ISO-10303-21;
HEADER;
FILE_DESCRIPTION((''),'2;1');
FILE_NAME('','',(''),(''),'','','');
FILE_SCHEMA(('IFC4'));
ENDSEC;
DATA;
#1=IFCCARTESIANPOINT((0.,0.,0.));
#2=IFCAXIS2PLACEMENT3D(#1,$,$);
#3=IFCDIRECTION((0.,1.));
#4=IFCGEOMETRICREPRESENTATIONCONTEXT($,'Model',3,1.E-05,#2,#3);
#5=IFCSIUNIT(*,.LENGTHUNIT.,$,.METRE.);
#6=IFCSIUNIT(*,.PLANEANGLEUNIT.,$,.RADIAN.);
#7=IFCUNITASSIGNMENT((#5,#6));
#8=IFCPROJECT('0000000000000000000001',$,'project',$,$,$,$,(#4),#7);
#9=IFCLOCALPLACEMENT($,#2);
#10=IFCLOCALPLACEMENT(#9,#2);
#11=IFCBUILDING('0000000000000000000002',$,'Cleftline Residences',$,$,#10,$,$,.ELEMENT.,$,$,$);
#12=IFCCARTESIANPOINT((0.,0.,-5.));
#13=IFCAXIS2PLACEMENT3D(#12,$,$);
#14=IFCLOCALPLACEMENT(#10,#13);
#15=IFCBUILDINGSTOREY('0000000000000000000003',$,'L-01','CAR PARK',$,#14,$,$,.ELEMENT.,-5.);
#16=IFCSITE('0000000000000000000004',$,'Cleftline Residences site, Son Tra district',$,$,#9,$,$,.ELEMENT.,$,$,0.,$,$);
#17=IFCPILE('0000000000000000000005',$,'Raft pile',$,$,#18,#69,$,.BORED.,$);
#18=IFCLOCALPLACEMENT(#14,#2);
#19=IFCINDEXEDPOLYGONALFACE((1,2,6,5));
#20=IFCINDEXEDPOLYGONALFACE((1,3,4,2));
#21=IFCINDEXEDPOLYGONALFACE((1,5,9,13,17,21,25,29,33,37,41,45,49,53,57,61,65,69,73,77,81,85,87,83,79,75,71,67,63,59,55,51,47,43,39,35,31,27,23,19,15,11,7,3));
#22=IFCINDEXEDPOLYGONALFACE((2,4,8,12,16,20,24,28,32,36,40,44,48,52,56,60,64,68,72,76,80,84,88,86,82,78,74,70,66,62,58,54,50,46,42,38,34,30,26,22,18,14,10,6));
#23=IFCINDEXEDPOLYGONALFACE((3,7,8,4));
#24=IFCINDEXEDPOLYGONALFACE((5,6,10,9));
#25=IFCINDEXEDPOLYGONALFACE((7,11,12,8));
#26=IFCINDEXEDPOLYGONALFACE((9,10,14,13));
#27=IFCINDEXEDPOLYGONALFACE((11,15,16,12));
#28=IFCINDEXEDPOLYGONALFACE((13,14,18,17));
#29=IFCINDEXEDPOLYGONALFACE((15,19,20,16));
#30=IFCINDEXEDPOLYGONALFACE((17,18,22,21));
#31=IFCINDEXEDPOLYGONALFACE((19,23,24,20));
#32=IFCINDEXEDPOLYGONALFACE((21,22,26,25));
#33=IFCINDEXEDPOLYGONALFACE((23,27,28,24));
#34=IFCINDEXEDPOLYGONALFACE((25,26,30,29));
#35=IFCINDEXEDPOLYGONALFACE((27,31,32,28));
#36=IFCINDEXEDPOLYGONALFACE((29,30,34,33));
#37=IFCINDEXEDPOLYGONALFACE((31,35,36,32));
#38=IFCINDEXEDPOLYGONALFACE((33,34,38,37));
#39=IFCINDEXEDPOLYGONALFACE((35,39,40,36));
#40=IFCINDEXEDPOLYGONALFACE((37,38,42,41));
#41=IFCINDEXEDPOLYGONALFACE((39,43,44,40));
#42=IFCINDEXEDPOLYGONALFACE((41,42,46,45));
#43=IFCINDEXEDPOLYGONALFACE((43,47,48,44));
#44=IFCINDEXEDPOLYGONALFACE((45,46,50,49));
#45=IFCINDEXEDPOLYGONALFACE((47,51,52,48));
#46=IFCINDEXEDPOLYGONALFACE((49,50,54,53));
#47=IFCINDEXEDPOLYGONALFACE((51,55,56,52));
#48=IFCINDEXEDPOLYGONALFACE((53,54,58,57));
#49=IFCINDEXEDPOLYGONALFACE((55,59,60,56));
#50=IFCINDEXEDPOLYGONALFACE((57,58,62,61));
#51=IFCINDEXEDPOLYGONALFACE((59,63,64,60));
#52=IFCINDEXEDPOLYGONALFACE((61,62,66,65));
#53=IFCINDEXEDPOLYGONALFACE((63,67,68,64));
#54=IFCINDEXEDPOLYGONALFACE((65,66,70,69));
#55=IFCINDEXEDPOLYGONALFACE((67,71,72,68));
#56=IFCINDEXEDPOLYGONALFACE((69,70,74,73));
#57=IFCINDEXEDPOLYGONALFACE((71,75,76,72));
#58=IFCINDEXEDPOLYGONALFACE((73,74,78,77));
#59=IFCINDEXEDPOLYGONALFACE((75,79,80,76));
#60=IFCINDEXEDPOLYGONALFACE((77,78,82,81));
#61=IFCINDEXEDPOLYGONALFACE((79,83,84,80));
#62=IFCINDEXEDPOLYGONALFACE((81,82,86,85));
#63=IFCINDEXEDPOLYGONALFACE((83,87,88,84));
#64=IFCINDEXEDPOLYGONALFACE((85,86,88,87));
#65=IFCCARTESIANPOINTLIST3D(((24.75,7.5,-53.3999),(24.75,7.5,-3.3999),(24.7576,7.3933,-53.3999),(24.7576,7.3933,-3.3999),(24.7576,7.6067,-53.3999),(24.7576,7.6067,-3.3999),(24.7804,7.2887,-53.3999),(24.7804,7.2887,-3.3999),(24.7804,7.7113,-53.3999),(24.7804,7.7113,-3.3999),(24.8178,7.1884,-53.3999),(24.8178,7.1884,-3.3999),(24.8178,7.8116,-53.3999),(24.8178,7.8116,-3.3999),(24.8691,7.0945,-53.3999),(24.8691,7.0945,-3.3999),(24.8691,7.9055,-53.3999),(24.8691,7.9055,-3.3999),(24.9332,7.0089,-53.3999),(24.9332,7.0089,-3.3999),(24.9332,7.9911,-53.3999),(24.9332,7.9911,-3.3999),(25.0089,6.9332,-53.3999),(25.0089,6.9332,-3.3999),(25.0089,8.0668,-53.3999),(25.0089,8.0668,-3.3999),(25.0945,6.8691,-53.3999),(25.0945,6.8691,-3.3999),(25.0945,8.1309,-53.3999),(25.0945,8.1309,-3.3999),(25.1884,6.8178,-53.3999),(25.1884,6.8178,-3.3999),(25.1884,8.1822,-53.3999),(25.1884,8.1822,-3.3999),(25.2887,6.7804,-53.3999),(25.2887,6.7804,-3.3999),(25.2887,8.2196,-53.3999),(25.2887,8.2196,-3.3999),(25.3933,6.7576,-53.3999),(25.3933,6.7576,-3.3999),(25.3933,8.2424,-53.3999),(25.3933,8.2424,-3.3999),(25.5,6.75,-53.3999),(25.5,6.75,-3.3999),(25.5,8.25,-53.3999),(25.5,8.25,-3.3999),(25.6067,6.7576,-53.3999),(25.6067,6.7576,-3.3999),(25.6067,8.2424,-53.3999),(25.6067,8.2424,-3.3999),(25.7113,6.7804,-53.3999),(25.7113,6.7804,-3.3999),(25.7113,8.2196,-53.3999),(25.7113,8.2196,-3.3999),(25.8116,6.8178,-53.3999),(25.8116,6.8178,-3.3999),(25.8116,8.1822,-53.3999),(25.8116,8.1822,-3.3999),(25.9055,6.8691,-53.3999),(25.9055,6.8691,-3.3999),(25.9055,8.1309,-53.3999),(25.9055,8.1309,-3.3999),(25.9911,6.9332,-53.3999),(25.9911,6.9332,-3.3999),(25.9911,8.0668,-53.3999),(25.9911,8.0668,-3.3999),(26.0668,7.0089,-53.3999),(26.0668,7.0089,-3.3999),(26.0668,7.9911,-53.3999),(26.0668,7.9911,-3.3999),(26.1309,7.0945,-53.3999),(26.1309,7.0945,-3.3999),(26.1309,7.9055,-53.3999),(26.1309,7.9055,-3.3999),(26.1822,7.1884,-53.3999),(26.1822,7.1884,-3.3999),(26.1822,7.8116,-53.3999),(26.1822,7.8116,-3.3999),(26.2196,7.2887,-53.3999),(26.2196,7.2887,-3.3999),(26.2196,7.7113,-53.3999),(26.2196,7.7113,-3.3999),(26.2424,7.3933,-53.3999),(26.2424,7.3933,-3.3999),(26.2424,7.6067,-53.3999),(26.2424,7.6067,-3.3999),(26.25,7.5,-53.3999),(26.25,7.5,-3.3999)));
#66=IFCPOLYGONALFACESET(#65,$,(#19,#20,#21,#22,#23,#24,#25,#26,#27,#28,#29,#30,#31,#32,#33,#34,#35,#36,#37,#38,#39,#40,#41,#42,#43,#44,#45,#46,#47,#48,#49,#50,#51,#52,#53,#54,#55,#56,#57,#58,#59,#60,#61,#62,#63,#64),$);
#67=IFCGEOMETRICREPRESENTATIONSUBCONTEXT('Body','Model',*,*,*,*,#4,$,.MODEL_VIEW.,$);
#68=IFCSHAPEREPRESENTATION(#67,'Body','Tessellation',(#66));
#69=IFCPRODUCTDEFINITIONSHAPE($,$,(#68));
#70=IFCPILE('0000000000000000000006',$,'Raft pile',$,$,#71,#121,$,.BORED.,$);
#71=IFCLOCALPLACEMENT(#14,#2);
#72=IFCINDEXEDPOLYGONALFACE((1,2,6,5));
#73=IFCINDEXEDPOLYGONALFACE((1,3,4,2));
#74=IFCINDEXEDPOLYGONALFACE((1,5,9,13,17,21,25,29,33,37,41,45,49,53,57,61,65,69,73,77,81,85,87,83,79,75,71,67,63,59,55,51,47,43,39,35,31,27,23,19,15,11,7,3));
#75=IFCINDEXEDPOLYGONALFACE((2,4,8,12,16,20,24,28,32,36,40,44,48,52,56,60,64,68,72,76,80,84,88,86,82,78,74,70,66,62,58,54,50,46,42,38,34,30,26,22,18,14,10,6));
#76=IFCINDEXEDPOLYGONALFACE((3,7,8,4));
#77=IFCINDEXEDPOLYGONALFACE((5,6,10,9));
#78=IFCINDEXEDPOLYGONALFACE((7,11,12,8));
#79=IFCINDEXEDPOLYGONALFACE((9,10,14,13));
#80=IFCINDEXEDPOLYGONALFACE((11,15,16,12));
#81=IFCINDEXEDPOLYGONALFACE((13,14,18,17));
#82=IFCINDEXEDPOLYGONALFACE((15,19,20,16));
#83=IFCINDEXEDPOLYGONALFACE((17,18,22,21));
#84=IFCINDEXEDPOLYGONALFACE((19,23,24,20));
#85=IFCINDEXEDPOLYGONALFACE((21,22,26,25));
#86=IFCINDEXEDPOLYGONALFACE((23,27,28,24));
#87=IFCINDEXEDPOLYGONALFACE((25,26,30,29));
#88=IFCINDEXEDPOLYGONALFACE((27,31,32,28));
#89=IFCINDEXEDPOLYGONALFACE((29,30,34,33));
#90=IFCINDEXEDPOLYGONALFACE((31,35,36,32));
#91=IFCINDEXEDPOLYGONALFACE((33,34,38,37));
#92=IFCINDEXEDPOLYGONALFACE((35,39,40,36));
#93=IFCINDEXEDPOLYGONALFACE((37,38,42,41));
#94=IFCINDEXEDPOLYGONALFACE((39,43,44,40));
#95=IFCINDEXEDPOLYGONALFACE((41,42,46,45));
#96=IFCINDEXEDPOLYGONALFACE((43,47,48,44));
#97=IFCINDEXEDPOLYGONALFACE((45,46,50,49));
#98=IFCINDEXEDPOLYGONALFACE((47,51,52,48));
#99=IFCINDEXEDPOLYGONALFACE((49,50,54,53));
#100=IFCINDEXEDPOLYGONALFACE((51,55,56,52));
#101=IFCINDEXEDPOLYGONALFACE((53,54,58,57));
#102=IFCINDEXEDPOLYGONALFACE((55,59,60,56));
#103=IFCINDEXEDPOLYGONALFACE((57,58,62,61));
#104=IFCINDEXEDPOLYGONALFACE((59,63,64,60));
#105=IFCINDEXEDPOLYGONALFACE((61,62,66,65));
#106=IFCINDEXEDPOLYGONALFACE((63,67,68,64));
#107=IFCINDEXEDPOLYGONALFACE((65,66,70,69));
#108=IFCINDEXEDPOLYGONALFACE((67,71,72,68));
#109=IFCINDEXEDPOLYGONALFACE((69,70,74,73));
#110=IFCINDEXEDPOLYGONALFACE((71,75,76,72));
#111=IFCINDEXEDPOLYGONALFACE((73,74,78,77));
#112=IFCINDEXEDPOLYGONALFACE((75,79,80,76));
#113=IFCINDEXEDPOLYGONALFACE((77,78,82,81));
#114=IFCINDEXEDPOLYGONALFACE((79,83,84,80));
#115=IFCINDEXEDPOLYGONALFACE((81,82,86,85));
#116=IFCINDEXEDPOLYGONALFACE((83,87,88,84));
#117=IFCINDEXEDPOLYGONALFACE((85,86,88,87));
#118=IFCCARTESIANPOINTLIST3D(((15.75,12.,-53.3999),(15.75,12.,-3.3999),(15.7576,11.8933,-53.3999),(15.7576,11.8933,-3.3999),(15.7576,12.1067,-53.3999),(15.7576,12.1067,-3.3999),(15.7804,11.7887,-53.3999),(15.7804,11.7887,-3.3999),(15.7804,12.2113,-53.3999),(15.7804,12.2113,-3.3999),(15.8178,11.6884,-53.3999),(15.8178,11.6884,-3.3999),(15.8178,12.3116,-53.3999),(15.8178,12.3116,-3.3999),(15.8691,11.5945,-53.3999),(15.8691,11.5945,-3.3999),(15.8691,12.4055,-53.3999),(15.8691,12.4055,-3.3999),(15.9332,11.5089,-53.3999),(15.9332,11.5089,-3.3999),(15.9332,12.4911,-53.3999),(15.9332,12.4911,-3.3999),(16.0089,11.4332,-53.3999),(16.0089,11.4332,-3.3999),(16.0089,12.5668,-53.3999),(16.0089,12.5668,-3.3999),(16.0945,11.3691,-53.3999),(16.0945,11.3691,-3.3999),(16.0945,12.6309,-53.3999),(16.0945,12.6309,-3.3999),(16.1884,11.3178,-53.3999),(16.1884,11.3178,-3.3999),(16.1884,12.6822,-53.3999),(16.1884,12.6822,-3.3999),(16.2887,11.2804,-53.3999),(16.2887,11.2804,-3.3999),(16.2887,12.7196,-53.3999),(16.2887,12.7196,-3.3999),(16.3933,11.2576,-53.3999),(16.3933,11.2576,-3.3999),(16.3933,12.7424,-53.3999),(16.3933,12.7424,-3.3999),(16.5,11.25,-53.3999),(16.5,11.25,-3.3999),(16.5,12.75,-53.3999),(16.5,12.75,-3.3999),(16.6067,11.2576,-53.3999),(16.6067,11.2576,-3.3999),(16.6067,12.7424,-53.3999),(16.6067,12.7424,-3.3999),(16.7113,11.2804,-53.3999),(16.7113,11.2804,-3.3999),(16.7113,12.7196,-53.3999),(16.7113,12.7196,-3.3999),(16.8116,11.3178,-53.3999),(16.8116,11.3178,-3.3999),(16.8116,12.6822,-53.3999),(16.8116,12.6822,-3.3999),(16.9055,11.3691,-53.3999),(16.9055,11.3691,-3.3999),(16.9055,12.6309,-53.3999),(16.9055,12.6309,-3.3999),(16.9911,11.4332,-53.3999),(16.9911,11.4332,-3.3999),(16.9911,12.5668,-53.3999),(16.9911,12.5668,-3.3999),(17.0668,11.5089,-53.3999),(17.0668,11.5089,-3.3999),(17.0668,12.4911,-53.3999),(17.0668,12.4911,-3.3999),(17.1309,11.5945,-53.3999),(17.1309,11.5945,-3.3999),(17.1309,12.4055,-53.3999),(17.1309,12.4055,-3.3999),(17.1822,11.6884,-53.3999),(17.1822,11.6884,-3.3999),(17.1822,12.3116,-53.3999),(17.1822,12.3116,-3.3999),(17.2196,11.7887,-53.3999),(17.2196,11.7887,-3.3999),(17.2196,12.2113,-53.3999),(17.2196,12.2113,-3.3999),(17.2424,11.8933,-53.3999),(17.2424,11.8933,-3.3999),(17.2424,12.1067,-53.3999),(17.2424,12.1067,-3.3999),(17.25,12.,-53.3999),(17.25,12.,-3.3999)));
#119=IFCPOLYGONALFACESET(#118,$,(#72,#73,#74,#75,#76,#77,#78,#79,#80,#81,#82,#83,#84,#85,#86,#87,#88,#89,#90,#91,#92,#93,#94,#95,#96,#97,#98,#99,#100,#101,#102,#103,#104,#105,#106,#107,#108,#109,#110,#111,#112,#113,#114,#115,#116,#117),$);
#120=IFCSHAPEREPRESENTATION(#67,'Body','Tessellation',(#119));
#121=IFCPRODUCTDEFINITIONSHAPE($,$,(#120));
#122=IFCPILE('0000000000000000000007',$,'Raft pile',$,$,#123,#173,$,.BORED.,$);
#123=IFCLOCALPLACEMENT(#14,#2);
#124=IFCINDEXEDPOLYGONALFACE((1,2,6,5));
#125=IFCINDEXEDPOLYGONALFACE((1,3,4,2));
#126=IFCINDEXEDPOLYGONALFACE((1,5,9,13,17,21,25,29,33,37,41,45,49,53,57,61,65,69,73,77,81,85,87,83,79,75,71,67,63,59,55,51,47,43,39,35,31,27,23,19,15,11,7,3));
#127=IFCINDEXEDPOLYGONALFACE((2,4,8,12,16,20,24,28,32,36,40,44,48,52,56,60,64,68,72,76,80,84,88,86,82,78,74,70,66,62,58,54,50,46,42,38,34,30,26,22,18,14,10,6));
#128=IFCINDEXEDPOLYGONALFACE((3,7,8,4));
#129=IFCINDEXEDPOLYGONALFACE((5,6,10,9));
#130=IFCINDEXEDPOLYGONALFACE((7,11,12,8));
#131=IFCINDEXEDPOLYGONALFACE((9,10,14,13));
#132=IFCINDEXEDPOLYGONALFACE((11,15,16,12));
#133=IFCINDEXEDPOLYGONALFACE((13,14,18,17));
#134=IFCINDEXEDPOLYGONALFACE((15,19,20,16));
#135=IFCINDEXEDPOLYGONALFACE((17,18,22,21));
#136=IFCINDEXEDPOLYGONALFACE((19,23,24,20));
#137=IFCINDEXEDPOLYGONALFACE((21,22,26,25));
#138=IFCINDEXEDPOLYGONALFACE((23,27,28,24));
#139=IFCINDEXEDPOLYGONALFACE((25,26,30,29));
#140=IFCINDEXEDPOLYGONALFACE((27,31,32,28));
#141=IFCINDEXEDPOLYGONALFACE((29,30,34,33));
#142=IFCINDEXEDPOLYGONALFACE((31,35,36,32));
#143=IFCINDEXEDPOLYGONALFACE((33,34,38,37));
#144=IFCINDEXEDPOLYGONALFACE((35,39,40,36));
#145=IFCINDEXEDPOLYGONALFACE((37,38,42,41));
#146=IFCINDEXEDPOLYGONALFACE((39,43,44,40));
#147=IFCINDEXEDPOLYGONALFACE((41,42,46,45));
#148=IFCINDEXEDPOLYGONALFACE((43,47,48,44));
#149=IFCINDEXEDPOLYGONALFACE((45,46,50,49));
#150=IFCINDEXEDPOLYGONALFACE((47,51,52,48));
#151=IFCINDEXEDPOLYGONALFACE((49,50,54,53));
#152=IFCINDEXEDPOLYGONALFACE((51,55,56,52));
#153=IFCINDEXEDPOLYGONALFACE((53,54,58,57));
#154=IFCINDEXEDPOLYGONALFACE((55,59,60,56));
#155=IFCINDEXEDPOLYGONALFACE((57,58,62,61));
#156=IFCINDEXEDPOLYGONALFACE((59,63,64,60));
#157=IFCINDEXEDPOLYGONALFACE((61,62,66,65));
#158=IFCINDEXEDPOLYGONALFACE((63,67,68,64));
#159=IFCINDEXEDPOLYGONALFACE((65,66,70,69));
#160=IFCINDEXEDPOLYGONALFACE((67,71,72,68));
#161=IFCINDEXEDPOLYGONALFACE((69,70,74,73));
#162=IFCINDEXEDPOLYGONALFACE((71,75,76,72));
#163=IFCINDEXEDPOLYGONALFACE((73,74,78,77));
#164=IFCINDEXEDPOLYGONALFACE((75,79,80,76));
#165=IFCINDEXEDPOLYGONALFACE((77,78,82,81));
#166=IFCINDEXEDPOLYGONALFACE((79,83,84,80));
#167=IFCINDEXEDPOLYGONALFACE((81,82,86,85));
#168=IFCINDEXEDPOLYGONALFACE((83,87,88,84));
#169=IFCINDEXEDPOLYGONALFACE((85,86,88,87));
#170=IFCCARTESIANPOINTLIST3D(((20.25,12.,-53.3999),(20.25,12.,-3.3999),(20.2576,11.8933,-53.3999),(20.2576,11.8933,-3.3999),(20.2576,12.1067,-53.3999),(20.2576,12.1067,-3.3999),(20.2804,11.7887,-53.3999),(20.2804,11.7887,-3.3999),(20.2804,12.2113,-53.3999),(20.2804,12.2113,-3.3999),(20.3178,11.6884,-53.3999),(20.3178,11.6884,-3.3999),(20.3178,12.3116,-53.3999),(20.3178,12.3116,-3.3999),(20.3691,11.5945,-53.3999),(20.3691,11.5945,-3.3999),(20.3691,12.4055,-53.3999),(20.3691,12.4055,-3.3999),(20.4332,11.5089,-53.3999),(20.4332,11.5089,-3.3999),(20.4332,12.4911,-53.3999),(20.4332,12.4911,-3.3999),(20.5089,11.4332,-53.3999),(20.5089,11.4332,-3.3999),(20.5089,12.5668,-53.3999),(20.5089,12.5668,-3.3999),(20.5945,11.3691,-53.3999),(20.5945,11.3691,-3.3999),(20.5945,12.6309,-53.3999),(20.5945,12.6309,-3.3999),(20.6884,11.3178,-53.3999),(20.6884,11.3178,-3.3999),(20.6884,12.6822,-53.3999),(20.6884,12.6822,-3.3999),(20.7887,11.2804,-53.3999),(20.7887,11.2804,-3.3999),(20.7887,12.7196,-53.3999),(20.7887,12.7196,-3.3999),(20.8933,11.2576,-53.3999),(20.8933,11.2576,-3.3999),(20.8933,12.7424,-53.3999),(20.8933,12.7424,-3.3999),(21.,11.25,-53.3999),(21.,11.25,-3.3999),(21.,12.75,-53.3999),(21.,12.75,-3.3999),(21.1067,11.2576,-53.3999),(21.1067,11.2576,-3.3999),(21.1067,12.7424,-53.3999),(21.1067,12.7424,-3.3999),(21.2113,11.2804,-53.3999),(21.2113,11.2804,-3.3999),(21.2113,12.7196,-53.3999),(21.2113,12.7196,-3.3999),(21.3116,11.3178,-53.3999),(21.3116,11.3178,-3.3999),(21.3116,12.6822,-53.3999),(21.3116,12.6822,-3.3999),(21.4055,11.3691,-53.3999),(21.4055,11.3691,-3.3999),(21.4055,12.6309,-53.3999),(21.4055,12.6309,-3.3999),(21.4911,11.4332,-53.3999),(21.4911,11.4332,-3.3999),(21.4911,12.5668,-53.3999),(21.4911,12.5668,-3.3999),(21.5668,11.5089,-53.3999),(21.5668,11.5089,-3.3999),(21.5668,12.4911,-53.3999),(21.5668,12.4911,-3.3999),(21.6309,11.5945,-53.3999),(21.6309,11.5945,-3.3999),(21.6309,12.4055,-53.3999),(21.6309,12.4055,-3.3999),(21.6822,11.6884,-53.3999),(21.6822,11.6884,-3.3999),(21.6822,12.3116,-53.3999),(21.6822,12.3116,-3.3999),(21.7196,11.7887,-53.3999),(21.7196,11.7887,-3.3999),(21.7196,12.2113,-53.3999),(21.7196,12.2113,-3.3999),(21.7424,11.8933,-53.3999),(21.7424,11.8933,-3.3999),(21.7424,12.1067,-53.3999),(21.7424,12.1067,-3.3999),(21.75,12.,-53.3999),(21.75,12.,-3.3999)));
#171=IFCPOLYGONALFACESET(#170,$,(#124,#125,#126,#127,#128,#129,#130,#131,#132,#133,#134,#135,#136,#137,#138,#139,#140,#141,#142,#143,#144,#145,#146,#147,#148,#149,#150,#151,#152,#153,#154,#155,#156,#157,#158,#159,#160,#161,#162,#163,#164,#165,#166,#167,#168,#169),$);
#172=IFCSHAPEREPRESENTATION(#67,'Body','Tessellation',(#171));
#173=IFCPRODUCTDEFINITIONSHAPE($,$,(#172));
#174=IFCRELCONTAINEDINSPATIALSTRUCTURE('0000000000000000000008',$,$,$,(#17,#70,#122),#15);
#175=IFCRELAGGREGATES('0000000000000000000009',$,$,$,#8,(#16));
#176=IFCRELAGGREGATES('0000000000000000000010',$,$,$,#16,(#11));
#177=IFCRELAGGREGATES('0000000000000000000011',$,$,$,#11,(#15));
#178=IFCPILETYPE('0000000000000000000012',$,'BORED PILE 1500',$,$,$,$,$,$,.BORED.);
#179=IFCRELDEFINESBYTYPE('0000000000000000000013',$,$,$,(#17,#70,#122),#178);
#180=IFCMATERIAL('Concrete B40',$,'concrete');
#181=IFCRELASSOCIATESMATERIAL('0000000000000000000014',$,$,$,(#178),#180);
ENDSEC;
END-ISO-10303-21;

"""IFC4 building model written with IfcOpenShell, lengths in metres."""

from ifc_helpers import new_model, si_unit, direction, frame, origin, origin_2d, place, context, subcontext, project, spatial, circle, extrude, material, material_profile, profile_set, type_object, element, save


model = new_model("IFC4")

# Units and contexts
model_context = context("Model", 3, precision=1e-05, world=origin(), true_north=direction((0.0, 1.0)))
body_context = subcontext(model_context, "Body", "Model", "MODEL_VIEW")
ifc_project = project(units=[si_unit("LENGTHUNIT", "METRE"), si_unit("PLANEANGLEUNIT", "RADIAN")], contexts=[model_context])

# Site, building, storey
site_placement = place(None, origin())
site = spatial("IfcSite", under=ifc_project, at=site_placement, Name="Cleftline Residences site, Son Tra district", CompositionType="ELEMENT", RefElevation=0.0)
building_placement = place(site_placement, origin())
building = spatial("IfcBuilding", under=site, at=building_placement, Name="Cleftline Residences", CompositionType="ELEMENT")
storey_placement = place(building_placement, frame((0.0, 0.0, -5.0)))
storey = spatial("IfcBuildingStorey", under=building, at=storey_placement, Name="L-01", Description="CAR PARK", CompositionType="ELEMENT", Elevation=-5.0)

# Piles
ifc_material_1 = material(Name="Concrete B40", Category="concrete")
ifc_material_profile_1 = material_profile(ifc_material_1, circle(Radius=0.75, at=origin_2d()))
ifc_profile_set_1 = profile_set([ifc_material_profile_1], Name="Concrete B40")
pile_type = type_object("IfcPileType", Name="BORED PILE 1500", PredefinedType="BORED", material=ifc_profile_set_1)
for number, where, z_axis, x_axis, name in (
    (1, (25.5, 7.5, -3.3999), (0.0, 0.0, -1.0), (1.0, 0.0, 0.0), "Raft pile"),
    (2, (16.5, 12.0, -3.3999), (0.0, 0.0, -1.0), (1.0, 0.0, 0.0), "Raft pile"),
    (3, (21.0, 12.0, -3.3999), (0.0, 0.0, -1.0), (1.0, 0.0, 0.0), "Raft pile"),
):
    element("IfcPile", number, at=place(storey_placement, frame(where, z_axis=z_axis, x_axis=x_axis)), inside=storey, type_object=pile_type, Name=name, PredefinedType="BORED", context=body_context, shape_type="SweptSolid", body=[
        extrude(circle(Radius=0.75, at=origin_2d()), origin(), (0.0, 0.0, 1.0), 50.0),
    ])

save(model, "model.ifc")
